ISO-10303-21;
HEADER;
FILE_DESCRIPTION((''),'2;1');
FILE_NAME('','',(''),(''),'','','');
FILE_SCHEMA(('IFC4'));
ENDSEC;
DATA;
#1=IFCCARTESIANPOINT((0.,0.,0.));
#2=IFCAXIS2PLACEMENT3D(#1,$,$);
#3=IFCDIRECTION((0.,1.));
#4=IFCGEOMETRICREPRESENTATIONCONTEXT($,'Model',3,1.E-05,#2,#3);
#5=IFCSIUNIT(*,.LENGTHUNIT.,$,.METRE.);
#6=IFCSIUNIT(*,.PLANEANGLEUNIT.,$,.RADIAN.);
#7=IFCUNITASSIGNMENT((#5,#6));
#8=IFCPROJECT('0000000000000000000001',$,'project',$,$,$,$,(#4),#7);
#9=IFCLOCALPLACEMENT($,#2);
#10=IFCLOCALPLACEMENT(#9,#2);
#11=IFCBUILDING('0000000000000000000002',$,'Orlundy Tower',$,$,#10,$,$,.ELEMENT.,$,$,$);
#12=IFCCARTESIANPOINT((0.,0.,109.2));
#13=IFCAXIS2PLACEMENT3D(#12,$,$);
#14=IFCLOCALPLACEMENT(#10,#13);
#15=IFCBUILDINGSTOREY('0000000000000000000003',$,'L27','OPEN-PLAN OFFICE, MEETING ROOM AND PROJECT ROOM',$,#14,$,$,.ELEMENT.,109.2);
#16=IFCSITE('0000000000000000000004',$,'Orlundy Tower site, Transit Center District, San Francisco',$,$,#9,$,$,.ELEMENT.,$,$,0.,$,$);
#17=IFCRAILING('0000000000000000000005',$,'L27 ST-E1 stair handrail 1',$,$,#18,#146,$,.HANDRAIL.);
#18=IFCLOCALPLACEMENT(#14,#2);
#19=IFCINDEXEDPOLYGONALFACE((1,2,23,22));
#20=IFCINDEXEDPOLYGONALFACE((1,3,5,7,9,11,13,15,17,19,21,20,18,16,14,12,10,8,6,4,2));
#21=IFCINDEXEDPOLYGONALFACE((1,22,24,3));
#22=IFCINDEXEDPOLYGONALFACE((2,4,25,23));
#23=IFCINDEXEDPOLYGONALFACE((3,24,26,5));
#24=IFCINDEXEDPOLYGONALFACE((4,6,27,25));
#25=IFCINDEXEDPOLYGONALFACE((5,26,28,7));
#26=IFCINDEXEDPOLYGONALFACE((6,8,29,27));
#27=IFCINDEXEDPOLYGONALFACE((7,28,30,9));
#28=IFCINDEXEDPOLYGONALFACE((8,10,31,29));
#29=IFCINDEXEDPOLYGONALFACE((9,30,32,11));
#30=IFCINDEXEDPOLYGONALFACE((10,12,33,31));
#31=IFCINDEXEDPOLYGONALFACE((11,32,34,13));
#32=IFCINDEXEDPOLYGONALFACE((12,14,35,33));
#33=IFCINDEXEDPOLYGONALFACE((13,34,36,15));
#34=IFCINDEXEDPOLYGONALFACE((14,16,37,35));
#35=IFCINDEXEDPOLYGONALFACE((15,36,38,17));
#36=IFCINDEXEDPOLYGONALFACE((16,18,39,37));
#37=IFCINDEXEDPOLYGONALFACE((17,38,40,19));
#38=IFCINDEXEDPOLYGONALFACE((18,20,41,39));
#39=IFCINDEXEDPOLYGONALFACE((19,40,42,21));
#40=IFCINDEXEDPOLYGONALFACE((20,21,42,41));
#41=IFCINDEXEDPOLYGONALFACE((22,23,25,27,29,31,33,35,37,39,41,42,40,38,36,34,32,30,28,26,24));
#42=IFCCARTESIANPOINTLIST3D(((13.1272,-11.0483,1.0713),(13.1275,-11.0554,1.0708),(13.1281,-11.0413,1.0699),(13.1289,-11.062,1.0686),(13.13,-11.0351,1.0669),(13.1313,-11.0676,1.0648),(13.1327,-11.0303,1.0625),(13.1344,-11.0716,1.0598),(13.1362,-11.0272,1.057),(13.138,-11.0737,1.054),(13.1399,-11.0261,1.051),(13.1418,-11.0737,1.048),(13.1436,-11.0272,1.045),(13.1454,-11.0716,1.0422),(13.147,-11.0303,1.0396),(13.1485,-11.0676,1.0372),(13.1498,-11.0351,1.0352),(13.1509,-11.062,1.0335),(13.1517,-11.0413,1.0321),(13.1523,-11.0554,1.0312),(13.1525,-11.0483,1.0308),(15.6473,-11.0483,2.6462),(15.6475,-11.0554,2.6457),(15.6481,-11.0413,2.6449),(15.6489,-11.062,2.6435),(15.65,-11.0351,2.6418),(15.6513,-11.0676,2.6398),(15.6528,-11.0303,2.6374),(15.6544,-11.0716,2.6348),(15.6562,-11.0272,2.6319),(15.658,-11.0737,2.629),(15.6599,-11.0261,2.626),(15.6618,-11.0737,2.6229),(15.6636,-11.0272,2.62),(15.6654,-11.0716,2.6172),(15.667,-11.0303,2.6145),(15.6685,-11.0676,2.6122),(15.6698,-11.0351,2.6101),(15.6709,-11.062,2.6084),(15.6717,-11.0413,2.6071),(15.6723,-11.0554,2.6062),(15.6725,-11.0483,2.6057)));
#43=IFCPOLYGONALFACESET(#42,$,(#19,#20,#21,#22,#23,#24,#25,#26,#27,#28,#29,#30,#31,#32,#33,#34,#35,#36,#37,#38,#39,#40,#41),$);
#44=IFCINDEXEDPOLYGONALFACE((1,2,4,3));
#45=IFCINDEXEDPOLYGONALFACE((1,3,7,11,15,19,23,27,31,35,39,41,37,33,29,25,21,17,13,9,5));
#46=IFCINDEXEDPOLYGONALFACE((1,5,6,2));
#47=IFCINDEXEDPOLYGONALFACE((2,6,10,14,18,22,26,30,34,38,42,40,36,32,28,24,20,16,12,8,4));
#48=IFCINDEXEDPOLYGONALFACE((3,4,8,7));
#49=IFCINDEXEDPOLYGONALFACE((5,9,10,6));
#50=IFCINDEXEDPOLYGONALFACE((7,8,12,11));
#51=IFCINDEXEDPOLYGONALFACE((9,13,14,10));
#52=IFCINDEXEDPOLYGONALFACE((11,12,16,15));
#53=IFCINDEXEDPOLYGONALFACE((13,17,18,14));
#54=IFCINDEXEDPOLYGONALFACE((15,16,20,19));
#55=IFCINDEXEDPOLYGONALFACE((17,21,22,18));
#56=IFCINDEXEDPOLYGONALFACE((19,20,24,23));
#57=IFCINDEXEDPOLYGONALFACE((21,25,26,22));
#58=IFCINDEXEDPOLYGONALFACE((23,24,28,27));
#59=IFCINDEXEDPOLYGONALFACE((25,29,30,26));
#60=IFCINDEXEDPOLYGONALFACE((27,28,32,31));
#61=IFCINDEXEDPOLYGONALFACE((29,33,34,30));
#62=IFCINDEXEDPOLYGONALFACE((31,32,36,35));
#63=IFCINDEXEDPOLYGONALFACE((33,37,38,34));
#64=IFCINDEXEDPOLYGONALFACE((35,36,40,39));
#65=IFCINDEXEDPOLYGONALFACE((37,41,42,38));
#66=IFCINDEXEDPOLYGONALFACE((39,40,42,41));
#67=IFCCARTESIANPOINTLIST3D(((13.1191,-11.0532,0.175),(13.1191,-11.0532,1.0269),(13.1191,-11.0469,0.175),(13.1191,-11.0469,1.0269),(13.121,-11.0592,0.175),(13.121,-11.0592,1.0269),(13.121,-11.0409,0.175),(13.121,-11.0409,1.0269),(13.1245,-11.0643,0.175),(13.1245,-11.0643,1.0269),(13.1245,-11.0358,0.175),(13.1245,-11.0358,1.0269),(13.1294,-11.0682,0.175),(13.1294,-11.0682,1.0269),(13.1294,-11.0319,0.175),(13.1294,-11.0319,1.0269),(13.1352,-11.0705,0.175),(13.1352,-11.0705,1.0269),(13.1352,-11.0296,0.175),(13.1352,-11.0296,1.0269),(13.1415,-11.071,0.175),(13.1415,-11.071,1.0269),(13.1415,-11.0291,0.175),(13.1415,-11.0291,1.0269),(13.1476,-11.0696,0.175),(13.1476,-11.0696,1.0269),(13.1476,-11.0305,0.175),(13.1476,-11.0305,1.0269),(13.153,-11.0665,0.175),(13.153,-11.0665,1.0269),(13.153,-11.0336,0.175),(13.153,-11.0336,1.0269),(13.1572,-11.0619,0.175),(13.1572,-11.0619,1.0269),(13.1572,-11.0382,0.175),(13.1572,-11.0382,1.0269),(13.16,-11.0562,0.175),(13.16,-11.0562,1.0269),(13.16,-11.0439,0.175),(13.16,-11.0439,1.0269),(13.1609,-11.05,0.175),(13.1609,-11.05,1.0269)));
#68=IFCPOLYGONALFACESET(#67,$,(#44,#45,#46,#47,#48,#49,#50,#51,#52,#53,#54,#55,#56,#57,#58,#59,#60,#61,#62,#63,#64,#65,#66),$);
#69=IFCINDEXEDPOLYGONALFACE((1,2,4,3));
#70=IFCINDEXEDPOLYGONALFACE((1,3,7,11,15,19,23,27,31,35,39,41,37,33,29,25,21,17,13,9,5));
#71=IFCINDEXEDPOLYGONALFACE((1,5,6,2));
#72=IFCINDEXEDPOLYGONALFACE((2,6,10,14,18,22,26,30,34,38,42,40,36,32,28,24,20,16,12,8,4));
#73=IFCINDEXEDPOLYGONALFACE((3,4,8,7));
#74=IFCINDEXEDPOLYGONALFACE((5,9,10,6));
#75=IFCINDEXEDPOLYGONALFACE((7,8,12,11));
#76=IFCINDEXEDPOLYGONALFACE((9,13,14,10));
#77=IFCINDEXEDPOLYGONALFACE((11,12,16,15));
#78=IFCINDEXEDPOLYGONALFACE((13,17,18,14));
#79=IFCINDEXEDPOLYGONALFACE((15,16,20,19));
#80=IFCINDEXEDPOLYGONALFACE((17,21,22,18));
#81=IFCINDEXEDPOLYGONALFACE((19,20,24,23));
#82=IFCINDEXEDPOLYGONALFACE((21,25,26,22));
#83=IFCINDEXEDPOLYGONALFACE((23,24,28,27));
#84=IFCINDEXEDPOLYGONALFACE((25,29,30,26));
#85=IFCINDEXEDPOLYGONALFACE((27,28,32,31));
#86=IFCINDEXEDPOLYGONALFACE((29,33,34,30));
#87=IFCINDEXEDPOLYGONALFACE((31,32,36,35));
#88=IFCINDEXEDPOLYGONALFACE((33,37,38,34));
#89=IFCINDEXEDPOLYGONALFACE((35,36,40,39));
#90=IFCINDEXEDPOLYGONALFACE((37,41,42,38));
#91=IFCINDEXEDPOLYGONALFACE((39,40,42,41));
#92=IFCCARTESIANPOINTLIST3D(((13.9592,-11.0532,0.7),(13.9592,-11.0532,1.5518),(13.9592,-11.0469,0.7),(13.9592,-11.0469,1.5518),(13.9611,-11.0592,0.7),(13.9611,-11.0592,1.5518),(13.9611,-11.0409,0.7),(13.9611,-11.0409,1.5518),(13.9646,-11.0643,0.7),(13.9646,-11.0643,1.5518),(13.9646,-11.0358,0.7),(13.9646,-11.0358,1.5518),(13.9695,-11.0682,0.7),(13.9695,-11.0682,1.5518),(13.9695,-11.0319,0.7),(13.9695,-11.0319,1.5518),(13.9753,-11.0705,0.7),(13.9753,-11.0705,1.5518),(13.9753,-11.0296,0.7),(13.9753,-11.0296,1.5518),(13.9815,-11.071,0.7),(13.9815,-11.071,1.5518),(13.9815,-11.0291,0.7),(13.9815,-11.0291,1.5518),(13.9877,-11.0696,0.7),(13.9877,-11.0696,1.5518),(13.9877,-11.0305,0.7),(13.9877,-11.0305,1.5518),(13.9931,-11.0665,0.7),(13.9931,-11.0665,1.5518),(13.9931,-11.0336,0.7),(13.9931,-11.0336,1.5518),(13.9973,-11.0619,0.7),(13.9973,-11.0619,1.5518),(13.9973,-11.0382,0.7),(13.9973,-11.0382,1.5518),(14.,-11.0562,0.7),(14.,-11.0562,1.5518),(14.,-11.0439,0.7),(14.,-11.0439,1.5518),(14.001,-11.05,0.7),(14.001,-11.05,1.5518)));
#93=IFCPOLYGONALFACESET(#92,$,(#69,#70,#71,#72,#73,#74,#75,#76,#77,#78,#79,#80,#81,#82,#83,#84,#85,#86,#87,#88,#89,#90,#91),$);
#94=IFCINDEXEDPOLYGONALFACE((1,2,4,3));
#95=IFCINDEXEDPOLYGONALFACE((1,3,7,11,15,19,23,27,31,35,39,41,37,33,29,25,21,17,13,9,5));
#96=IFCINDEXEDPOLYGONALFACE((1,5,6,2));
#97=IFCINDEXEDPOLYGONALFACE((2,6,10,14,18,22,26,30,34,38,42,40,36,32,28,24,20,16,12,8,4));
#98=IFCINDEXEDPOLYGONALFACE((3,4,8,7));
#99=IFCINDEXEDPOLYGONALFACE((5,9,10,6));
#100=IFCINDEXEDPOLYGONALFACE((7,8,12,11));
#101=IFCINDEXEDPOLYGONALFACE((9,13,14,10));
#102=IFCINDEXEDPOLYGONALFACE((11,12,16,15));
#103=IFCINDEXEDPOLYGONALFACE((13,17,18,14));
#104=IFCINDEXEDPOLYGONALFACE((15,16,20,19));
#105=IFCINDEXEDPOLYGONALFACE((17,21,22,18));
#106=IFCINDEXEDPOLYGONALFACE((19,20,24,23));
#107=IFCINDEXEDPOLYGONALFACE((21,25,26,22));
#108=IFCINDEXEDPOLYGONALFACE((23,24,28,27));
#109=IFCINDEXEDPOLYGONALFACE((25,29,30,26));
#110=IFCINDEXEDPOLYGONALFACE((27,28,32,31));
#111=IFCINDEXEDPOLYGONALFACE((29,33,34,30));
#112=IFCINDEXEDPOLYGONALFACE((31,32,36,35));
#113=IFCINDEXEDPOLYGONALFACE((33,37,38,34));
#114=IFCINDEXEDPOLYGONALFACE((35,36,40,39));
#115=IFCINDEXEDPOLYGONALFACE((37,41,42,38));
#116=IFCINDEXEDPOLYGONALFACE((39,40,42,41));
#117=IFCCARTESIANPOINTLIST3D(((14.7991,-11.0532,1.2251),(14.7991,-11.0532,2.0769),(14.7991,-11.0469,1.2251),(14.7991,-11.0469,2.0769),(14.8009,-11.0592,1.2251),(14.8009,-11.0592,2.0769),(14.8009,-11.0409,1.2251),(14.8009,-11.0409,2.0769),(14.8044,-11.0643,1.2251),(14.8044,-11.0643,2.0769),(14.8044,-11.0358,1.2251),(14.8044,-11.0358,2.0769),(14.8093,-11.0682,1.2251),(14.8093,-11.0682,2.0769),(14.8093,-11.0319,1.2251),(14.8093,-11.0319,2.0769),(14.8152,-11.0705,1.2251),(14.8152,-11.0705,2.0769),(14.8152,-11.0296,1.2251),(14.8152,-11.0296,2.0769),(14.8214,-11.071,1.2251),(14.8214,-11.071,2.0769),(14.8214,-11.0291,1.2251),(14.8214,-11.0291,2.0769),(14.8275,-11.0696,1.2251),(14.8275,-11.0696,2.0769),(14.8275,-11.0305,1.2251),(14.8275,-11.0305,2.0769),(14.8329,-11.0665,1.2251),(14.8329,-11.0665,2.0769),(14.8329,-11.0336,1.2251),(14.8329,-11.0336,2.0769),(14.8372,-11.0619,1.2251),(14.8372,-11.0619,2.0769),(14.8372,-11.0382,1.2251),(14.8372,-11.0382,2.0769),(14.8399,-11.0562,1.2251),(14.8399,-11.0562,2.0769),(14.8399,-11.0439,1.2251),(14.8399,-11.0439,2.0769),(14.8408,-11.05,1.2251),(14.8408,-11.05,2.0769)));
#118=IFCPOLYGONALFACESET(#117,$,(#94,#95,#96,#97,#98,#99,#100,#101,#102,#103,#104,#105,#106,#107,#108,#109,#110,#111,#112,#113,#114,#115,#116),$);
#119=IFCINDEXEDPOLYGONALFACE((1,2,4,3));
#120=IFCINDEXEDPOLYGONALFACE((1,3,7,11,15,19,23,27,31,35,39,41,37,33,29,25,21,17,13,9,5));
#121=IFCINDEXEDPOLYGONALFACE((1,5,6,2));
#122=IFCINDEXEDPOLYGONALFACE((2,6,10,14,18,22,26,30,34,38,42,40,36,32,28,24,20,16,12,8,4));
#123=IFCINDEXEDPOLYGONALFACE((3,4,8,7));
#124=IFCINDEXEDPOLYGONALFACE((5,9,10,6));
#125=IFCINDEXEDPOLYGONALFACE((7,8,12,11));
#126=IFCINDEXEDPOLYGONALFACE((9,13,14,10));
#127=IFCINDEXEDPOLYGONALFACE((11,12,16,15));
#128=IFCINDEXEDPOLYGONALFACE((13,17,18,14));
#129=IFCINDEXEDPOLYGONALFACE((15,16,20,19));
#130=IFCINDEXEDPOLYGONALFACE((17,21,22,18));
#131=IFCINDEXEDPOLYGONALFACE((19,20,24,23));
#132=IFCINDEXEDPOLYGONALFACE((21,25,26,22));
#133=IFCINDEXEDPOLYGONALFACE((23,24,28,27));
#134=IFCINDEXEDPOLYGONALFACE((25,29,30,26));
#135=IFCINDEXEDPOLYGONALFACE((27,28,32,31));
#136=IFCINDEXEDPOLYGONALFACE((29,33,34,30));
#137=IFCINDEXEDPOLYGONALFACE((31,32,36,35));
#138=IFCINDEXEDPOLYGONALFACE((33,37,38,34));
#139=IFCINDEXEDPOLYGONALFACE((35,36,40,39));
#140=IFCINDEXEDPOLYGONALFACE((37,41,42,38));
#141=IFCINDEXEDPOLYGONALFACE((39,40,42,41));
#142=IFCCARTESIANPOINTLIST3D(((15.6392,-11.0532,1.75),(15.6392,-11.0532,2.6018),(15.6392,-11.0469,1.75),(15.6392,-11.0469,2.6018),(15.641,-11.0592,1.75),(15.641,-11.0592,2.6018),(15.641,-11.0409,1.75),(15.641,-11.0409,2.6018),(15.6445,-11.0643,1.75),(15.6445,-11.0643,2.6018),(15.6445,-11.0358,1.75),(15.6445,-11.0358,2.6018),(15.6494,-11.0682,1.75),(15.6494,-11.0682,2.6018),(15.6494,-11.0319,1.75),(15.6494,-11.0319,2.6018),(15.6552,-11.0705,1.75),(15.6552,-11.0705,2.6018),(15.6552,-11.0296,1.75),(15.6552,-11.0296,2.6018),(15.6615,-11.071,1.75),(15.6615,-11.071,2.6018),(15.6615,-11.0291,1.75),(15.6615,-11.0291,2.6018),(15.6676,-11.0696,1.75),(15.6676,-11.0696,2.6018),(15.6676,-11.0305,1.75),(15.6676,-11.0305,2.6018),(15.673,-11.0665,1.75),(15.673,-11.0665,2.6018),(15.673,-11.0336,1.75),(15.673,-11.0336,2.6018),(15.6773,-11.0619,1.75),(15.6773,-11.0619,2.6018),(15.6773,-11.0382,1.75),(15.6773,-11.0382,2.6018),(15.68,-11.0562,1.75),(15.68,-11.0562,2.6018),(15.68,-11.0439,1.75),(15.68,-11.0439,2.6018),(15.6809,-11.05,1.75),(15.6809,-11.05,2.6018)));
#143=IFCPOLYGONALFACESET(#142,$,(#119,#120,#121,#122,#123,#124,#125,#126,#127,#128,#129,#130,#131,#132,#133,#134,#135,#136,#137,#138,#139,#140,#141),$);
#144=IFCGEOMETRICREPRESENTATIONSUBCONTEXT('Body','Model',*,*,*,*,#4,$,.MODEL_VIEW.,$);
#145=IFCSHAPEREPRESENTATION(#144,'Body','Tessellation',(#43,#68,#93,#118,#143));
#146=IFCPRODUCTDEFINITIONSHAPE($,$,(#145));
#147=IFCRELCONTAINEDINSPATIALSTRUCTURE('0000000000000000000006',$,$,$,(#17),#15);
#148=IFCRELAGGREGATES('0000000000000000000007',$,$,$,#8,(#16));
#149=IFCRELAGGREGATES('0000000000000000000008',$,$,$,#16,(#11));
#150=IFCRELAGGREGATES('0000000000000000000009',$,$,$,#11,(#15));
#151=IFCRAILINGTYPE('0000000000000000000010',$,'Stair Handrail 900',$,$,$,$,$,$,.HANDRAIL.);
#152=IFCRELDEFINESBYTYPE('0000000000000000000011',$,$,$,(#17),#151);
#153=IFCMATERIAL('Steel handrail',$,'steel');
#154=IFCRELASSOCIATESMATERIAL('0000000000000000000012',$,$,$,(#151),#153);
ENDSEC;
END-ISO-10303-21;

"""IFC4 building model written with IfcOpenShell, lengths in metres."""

from ifc_helpers import new_model, si_unit, direction, frame, origin, origin_2d, place, context, subcontext, project, spatial, circle, extrude, material, type_object, element, save


model = new_model("IFC4")

# Units and contexts
model_context = context("Model", 3, precision=1e-05, world=origin(), true_north=direction((0.0, 1.0)))
body_context = subcontext(model_context, "Body", "Model", "MODEL_VIEW")
ifc_project = project(units=[si_unit("LENGTHUNIT", "METRE"), si_unit("PLANEANGLEUNIT", "RADIAN")], contexts=[model_context])

# Site, building, storey
site_placement = place(None, origin())
site = spatial("IfcSite", under=ifc_project, at=site_placement, Name="Orlundy Tower site, Transit Center District, San Francisco", CompositionType="ELEMENT", RefElevation=0.0)
building_placement = place(site_placement, origin())
building = spatial("IfcBuilding", under=site, at=building_placement, Name="Orlundy Tower", CompositionType="ELEMENT")
storey_placement = place(building_placement, frame((0.0, 0.0, 109.2)))
storey = spatial("IfcBuildingStorey", under=building, at=storey_placement, Name="L27", Description="OPEN-PLAN OFFICE, MEETING ROOM AND PROJECT ROOM", CompositionType="ELEMENT", Elevation=109.2)

# Railing
ifc_material_1 = material(Name="Steel handrail", Category="steel")
railing_type_1 = type_object("IfcRailingType", Name="Stair Handrail 900", PredefinedType="HANDRAIL", material=ifc_material_1)
railing_1_placement = place(storey_placement, frame((13.1399, -11.05, 0.175)))
element("IfcRailing", 1, at=railing_1_placement, inside=storey, type_object=railing_type_1, Name="L27 ST-E1 stair handrail 1", PredefinedType="HANDRAIL", context=body_context, shape_type="SweptSolid", body=[
    extrude(circle(Radius=0.0239, at=origin_2d()), frame((0.0, 0.0, 0.876), z_axis=(0.848008, 0.0, 0.529984), x_axis=(0.0, 1.0, 0.0)), (0.0, 0.0, 1.0), 2.9717),
    extrude(circle(Radius=0.021, at=origin_2d()), origin(), (0.0, 0.0, 1.0), 0.8518),
    extrude(circle(Radius=0.021, at=origin_2d()), frame((0.8401, 0.0, 0.5249)), (0.0, 0.0, 1.0), 0.8518),
    extrude(circle(Radius=0.021, at=origin_2d()), frame((1.6799, 0.0, 1.05)), (0.0, 0.0, 1.0), 0.8518),
    extrude(circle(Radius=0.021, at=origin_2d()), frame((2.52, 0.0, 1.575)), (0.0, 0.0, 1.0), 0.8518),
])

save(model, "model.ifc")
